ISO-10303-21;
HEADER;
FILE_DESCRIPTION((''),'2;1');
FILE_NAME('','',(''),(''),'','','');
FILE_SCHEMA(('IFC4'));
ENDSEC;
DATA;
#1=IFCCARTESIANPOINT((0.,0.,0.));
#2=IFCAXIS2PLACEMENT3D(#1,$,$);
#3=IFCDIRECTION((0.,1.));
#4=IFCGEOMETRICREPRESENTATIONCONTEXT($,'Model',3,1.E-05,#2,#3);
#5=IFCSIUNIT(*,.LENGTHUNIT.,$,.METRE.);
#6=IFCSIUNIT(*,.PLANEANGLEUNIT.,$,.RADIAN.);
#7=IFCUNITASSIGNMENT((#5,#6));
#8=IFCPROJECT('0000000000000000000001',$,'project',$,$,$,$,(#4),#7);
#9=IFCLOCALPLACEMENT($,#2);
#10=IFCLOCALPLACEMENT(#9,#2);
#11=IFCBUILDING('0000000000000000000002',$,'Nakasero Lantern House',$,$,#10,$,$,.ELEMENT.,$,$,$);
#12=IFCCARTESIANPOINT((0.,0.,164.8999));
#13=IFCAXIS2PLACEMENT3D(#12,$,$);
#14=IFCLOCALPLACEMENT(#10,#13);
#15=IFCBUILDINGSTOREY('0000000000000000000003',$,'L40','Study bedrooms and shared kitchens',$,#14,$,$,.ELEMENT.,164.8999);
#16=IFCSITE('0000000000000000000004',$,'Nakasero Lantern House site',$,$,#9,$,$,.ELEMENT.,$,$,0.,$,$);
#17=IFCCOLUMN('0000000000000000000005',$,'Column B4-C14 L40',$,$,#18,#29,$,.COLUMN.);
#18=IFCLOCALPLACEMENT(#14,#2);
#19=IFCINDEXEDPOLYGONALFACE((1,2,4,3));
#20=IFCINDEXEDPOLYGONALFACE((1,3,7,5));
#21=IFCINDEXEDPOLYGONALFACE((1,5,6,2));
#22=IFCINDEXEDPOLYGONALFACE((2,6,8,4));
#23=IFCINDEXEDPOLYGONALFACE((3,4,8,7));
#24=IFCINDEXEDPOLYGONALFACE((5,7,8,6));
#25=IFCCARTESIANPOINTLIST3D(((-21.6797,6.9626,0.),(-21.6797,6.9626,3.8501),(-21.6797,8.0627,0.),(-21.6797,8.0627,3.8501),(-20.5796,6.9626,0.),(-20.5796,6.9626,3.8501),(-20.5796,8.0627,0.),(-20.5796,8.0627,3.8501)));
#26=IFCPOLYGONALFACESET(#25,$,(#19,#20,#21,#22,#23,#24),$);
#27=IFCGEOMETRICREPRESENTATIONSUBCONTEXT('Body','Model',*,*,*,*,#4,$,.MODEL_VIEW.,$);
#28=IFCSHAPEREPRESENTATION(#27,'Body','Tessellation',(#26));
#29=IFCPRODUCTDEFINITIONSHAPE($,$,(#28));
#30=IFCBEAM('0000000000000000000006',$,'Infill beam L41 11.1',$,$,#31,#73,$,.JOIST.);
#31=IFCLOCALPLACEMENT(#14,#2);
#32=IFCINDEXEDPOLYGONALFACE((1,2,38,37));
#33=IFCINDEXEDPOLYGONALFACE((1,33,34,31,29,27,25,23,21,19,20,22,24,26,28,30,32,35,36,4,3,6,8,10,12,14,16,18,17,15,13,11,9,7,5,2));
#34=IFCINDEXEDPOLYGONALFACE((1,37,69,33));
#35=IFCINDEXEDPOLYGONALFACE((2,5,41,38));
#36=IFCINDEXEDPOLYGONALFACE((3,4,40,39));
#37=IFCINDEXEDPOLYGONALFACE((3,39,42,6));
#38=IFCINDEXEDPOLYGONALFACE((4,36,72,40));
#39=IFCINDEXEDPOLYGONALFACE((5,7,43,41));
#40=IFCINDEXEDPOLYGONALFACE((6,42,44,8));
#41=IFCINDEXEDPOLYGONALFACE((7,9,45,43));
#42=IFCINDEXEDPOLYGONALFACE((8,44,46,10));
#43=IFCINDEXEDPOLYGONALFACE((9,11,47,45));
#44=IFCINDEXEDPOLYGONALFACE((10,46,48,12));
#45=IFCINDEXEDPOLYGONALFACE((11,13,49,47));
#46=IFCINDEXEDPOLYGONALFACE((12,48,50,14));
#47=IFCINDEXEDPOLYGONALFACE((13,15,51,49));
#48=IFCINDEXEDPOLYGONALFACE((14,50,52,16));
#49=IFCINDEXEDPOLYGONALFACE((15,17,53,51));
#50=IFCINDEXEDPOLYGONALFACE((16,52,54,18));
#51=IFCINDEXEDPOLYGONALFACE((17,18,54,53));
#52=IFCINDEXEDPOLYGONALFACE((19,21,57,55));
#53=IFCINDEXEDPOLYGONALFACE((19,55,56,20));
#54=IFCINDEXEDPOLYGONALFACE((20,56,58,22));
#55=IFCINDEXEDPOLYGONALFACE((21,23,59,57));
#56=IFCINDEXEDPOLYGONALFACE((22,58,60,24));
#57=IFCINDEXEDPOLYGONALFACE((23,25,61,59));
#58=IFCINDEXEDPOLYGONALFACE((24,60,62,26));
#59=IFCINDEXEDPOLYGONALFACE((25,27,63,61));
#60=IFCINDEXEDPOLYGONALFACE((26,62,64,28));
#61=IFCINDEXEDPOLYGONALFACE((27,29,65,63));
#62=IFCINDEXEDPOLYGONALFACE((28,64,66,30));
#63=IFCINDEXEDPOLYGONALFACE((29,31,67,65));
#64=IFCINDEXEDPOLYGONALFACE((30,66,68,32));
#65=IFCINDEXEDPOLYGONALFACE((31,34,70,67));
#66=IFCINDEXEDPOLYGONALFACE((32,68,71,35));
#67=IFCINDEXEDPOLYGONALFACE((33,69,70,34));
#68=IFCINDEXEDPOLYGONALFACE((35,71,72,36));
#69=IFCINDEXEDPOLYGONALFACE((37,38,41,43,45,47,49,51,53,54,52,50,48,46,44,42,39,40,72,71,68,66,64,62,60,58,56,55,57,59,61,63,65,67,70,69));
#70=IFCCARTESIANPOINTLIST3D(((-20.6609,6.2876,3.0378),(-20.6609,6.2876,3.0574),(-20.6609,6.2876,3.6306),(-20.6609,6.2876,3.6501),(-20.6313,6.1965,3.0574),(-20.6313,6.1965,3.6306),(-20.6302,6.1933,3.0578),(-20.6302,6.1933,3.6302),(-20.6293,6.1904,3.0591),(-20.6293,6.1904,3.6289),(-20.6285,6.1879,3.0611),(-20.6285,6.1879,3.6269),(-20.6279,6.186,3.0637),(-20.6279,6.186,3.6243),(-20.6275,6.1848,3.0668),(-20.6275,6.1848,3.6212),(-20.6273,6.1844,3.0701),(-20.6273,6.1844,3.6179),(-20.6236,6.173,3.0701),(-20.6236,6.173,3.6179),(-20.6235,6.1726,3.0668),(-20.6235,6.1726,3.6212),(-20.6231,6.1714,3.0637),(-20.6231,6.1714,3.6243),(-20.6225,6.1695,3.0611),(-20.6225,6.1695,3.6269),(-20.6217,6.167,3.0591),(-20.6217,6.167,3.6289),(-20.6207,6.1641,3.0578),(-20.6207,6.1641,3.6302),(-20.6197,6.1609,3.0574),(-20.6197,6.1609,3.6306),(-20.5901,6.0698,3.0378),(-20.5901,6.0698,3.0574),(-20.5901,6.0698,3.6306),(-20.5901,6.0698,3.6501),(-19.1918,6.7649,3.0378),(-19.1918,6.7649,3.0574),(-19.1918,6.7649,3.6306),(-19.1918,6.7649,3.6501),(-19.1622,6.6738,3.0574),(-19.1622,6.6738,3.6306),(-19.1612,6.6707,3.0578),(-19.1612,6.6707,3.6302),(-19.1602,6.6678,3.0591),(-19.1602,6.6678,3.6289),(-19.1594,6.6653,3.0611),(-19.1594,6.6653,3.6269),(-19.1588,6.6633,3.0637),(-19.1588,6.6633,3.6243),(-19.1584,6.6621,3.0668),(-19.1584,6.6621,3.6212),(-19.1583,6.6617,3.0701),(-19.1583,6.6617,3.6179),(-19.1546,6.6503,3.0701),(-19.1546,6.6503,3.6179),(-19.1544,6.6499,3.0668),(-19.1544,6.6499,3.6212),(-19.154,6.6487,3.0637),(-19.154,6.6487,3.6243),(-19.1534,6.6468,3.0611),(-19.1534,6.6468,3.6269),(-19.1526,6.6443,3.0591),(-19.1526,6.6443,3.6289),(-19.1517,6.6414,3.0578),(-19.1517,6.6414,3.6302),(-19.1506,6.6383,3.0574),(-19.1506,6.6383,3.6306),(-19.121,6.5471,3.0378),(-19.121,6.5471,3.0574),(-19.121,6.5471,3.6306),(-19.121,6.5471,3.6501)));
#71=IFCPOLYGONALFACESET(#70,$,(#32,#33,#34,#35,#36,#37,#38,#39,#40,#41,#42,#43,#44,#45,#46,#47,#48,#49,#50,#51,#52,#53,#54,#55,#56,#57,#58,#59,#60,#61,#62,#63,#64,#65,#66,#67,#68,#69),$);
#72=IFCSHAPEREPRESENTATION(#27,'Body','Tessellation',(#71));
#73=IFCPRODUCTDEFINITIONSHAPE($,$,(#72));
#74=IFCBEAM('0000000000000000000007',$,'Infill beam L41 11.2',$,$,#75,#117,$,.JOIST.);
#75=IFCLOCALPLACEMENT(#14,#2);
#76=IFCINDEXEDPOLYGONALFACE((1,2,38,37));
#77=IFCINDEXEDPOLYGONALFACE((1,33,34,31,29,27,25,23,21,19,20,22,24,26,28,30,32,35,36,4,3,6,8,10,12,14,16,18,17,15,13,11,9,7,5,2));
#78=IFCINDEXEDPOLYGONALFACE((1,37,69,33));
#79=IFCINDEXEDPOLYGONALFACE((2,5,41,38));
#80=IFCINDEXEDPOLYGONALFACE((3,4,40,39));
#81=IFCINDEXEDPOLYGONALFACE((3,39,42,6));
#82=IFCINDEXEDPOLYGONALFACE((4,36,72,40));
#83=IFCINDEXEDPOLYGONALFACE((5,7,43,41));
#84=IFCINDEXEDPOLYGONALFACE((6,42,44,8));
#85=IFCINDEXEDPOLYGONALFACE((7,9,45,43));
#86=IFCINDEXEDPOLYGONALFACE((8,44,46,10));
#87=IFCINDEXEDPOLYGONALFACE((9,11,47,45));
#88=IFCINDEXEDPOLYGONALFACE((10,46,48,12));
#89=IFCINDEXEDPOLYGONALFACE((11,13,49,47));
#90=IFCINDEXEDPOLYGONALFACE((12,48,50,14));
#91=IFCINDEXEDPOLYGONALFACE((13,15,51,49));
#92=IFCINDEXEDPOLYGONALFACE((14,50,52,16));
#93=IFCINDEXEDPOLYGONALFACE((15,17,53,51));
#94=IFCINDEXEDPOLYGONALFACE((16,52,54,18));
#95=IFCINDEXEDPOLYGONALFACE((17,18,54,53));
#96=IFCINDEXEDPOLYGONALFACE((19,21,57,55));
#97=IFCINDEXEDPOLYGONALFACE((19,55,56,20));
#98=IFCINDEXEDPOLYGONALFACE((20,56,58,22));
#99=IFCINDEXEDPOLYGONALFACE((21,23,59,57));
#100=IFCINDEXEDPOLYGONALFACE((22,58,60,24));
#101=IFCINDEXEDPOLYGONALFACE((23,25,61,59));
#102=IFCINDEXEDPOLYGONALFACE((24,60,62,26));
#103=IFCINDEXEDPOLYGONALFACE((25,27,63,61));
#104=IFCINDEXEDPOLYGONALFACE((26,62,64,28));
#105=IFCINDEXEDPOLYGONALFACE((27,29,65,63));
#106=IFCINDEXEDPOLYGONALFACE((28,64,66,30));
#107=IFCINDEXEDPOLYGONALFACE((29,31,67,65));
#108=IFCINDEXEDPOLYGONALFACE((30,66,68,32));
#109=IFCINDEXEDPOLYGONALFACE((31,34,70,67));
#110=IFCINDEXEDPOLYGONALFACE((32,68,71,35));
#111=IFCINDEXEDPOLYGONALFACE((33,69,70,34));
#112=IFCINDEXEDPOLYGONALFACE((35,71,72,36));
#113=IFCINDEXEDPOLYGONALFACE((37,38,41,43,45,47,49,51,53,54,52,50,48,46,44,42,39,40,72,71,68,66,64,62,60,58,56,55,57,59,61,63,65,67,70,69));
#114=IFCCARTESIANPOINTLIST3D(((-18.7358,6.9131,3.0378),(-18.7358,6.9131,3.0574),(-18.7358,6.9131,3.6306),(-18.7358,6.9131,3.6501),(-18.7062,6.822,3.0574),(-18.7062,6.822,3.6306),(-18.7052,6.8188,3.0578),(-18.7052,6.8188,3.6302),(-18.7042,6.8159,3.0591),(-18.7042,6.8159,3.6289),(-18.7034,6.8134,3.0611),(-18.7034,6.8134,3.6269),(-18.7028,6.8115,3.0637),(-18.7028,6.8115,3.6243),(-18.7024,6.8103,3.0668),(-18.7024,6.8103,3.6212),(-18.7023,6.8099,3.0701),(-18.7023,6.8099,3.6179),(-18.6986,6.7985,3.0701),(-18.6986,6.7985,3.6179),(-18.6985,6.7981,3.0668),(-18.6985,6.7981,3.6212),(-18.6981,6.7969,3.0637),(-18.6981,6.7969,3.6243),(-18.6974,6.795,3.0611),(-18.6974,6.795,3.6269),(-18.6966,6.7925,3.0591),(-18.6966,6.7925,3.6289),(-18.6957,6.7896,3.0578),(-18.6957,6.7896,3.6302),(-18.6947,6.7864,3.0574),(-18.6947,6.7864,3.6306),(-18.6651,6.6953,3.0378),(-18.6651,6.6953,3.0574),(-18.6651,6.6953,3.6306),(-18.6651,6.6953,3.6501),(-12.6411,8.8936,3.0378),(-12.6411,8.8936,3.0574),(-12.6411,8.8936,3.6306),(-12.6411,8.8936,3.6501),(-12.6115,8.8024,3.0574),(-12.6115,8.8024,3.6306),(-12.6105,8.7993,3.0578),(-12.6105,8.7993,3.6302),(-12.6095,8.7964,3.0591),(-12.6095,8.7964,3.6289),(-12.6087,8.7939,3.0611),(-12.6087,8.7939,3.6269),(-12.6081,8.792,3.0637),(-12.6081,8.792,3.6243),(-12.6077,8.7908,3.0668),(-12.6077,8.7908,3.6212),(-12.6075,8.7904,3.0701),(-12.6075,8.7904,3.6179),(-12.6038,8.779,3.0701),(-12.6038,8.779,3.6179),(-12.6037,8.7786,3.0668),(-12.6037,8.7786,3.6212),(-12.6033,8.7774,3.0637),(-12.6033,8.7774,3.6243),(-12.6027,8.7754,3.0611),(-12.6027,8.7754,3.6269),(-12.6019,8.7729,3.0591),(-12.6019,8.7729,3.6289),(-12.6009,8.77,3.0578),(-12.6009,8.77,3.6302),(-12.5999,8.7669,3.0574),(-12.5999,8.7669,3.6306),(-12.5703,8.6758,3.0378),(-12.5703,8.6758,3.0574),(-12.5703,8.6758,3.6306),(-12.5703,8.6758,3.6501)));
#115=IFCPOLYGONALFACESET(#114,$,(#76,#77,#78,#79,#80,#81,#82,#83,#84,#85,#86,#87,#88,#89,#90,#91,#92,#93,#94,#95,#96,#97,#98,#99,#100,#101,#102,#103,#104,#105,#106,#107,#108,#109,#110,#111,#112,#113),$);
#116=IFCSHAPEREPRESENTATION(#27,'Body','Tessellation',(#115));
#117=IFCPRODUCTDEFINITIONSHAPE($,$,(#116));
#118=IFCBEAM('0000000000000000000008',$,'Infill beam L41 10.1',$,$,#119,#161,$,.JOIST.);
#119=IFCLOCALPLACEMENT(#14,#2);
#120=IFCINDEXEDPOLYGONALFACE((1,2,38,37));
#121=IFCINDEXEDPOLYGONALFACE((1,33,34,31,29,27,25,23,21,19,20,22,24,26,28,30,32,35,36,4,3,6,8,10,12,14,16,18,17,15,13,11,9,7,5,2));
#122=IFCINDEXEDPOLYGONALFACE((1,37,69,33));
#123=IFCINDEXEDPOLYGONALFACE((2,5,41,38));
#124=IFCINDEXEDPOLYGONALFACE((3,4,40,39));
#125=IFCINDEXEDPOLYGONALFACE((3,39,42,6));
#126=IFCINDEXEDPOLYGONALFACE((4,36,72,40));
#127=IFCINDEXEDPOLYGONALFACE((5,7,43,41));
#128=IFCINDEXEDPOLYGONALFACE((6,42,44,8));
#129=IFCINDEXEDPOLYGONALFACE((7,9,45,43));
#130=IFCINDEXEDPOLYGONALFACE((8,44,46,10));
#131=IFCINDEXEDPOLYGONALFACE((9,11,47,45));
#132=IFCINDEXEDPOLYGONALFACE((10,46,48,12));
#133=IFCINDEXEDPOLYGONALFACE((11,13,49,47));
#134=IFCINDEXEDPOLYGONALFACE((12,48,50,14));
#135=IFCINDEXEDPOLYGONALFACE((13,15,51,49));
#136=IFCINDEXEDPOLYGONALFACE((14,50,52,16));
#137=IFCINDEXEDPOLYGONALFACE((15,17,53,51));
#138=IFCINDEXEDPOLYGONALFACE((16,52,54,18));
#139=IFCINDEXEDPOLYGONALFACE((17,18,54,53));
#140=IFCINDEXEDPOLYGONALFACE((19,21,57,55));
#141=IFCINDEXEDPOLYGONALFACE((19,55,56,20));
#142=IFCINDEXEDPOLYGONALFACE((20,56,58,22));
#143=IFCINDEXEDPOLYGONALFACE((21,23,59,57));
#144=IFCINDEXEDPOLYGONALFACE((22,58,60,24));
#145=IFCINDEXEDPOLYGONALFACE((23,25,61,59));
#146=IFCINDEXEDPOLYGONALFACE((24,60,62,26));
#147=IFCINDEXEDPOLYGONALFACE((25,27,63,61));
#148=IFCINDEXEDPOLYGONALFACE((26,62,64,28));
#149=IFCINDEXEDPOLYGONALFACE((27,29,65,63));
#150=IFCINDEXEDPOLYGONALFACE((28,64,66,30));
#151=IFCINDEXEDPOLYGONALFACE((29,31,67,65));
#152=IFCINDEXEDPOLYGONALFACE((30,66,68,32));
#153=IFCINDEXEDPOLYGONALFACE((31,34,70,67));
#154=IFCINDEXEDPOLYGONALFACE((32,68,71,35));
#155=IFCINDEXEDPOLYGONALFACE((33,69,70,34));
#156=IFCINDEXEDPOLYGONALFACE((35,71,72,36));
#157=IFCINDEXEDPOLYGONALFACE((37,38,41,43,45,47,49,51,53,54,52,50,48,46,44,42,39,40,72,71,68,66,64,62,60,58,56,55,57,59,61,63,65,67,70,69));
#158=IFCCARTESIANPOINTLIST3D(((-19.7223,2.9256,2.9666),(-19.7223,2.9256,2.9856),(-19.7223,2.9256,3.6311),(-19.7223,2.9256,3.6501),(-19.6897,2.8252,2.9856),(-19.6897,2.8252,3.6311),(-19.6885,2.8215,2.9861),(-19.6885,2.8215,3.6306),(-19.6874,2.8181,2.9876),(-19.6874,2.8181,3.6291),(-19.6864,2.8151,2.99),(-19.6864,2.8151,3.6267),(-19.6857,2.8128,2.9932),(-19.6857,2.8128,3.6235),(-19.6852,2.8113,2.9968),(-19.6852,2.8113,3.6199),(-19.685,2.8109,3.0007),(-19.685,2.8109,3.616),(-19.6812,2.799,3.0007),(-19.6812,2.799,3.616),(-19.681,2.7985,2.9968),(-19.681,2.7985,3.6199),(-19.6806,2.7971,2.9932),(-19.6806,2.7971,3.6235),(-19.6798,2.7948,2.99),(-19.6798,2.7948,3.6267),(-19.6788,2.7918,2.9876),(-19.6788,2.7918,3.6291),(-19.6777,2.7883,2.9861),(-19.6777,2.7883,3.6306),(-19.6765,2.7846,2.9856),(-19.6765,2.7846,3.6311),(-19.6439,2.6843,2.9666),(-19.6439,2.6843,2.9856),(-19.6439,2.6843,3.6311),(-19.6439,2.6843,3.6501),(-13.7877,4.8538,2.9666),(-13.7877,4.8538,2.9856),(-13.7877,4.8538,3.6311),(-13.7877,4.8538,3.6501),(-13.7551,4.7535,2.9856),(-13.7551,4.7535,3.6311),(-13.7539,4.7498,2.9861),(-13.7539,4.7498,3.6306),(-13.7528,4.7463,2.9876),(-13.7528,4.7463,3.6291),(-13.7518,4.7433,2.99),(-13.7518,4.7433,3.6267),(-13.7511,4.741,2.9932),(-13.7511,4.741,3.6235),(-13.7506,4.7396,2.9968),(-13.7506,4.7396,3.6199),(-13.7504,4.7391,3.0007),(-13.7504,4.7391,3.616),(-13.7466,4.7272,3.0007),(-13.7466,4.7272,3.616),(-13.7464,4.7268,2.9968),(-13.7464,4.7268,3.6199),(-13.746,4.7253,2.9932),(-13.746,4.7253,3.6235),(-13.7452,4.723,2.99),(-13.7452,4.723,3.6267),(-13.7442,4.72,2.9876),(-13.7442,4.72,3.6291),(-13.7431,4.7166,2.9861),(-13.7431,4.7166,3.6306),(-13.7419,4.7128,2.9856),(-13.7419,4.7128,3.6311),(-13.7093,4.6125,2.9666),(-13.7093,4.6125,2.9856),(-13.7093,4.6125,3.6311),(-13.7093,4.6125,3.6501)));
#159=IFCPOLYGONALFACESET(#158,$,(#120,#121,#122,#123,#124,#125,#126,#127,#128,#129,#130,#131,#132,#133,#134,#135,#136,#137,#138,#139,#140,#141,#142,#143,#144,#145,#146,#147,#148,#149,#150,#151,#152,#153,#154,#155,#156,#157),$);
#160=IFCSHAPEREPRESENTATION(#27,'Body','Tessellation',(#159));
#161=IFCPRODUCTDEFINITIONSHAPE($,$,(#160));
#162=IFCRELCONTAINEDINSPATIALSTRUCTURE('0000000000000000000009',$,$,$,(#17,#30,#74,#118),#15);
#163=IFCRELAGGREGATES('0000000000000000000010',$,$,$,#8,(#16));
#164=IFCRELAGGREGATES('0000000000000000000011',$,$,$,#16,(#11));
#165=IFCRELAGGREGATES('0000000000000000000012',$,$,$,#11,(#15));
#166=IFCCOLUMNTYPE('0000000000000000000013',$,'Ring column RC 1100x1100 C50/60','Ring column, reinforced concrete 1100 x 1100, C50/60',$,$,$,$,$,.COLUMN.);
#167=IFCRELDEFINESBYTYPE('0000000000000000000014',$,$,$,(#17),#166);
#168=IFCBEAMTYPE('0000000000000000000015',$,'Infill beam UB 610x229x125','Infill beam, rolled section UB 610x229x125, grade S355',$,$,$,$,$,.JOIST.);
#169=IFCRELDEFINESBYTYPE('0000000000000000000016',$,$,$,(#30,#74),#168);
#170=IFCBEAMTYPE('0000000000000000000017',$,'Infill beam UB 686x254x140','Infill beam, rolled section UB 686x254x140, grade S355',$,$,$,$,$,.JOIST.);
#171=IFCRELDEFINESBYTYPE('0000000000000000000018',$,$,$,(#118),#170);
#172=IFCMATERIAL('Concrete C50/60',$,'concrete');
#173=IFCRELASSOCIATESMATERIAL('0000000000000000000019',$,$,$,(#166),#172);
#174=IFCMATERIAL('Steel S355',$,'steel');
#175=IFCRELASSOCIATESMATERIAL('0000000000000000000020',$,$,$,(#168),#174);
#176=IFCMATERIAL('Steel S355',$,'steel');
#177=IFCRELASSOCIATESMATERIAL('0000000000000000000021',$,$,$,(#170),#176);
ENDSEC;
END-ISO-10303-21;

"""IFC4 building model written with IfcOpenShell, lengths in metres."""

from ifc_helpers import new_model, si_unit, direction, frame, origin, origin_2d, place, context, subcontext, project, spatial, rectangle, i_section, extrude, material, material_profile, profile_set, type_object, element, save


model = new_model("IFC4")

# Units and contexts
model_context = context("Model", 3, precision=1e-05, world=origin(), true_north=direction((0.0, 1.0)))
body_context = subcontext(model_context, "Body", "Model", "MODEL_VIEW")
ifc_project = project(units=[si_unit("LENGTHUNIT", "METRE"), si_unit("PLANEANGLEUNIT", "RADIAN")], contexts=[model_context])

# Site, building, storey
site_placement = place(None, origin())
site = spatial("IfcSite", under=ifc_project, at=site_placement, Name="Nakasero Lantern House site", CompositionType="ELEMENT", RefElevation=0.0)
building_placement = place(site_placement, origin())
building = spatial("IfcBuilding", under=site, at=building_placement, Name="Nakasero Lantern House", CompositionType="ELEMENT")
storey_placement = place(building_placement, frame((0.0, 0.0, 164.8999)))
storey = spatial("IfcBuildingStorey", under=building, at=storey_placement, Name="L40", Description="Study bedrooms and shared kitchens", CompositionType="ELEMENT", Elevation=164.8999)

# Column
ifc_material_1 = material(Name="Concrete C50/60", Category="concrete")
ifc_material_profile_1 = material_profile(ifc_material_1, rectangle(XDim=1.1001, YDim=1.1001, at=origin_2d()), Name="RC 1100x1100")
ifc_profile_set_1 = profile_set([ifc_material_profile_1], Name="Concrete C50/60")
column_type = type_object("IfcColumnType", Name="Ring column RC 1100x1100 C50/60", Description="Ring column, reinforced concrete 1100 x 1100, C50/60", PredefinedType="COLUMN", material=ifc_profile_set_1)
column_placement = place(storey_placement, frame((-21.1296, 7.5127, 0.0), z_axis=(0.0, 0.0, 1.0), x_axis=(1.0, 0.0, 0.0)))
element("IfcColumn", 1, at=column_placement, inside=storey, type_object=column_type, Name="Column B4-C14 L40", PredefinedType="COLUMN", context=body_context, shape_type="SweptSolid", body=[
    extrude(rectangle(XDim=1.1001, YDim=1.1001, at=origin_2d()), origin(), (0.0, 0.0, 1.0), 3.8501),
])

# Beams
ifc_material_2 = material(Name="Steel S355", Category="steel")
ifc_material_profile_2 = material_profile(ifc_material_2, i_section(OverallWidth=0.229, OverallDepth=0.6123, WebThickness=0.012, FlangeThickness=0.0195, FilletRadius=0.0127, at=origin_2d()), Name="UB 610x229x125")
ifc_profile_set_2 = profile_set([ifc_material_profile_2], Name="Steel S355")
beam_type_1 = type_object("IfcBeamType", Name="Infill beam UB 610x229x125", Description="Infill beam, rolled section UB 610x229x125, grade S355", PredefinedType="JOIST", material=ifc_profile_set_2)
beam_1_placement = place(storey_placement, frame((-20.6255, 6.1787, 3.344), z_axis=(0.951058, 0.309011, 0.0), x_axis=(-0.309011, 0.951058, 0.0)))
element("IfcBeam", 2, at=beam_1_placement, inside=storey, type_object=beam_type_1, Name="Infill beam L41 11.1", PredefinedType="JOIST", context=body_context, shape_type="SweptSolid", body=[
    extrude(i_section(OverallWidth=0.229, OverallDepth=0.6123, WebThickness=0.012, FlangeThickness=0.0195, FilletRadius=0.0127, at=origin_2d()), origin(), (0.0, 0.0, 1.0), 1.5447),
])
beam_2_placement = place(storey_placement, frame((-18.7004, 6.8042, 3.344), z_axis=(0.951049, 0.309041, 0.0), x_axis=(-0.309041, 0.951049, 0.0)))
element("IfcBeam", 3, at=beam_2_placement, inside=storey, type_object=beam_type_1, Name="Infill beam L41 11.2", PredefinedType="JOIST", context=body_context, shape_type="SweptSolid", body=[
    extrude(i_section(OverallWidth=0.229, OverallDepth=0.6123, WebThickness=0.012, FlangeThickness=0.0195, FilletRadius=0.0127, at=origin_2d()), origin(), (0.0, 0.0, 1.0), 6.4084),
])
ifc_material_3 = material(Name="Steel S355", Category="steel")
ifc_material_profile_3 = material_profile(ifc_material_3, i_section(OverallWidth=0.2537, OverallDepth=0.6836, WebThickness=0.0125, FlangeThickness=0.019, FilletRadius=0.0151, at=origin_2d()), Name="UB 686x254x140")
ifc_profile_set_3 = profile_set([ifc_material_profile_3], Name="Steel S355")
beam_type_2 = type_object("IfcBeamType", Name="Infill beam UB 686x254x140", Description="Infill beam, rolled section UB 686x254x140, grade S355", PredefinedType="JOIST", material=ifc_profile_set_3)
beam_3_placement = place(storey_placement, frame((-19.6831, 2.8049, 3.3083), z_axis=(0.951058, 0.309012, 0.0), x_axis=(-0.309012, 0.951058, 0.0)))
element("IfcBeam", 4, at=beam_3_placement, inside=storey, type_object=beam_type_2, Name="Infill beam L41 10.1", PredefinedType="JOIST", context=body_context, shape_type="SweptSolid", body=[
    extrude(i_section(OverallWidth=0.2537, OverallDepth=0.6836, WebThickness=0.0125, FlangeThickness=0.019, FilletRadius=0.0151, at=origin_2d()), origin(), (0.0, 0.0, 1.0), 6.24),
])

save(model, "model.ifc")
